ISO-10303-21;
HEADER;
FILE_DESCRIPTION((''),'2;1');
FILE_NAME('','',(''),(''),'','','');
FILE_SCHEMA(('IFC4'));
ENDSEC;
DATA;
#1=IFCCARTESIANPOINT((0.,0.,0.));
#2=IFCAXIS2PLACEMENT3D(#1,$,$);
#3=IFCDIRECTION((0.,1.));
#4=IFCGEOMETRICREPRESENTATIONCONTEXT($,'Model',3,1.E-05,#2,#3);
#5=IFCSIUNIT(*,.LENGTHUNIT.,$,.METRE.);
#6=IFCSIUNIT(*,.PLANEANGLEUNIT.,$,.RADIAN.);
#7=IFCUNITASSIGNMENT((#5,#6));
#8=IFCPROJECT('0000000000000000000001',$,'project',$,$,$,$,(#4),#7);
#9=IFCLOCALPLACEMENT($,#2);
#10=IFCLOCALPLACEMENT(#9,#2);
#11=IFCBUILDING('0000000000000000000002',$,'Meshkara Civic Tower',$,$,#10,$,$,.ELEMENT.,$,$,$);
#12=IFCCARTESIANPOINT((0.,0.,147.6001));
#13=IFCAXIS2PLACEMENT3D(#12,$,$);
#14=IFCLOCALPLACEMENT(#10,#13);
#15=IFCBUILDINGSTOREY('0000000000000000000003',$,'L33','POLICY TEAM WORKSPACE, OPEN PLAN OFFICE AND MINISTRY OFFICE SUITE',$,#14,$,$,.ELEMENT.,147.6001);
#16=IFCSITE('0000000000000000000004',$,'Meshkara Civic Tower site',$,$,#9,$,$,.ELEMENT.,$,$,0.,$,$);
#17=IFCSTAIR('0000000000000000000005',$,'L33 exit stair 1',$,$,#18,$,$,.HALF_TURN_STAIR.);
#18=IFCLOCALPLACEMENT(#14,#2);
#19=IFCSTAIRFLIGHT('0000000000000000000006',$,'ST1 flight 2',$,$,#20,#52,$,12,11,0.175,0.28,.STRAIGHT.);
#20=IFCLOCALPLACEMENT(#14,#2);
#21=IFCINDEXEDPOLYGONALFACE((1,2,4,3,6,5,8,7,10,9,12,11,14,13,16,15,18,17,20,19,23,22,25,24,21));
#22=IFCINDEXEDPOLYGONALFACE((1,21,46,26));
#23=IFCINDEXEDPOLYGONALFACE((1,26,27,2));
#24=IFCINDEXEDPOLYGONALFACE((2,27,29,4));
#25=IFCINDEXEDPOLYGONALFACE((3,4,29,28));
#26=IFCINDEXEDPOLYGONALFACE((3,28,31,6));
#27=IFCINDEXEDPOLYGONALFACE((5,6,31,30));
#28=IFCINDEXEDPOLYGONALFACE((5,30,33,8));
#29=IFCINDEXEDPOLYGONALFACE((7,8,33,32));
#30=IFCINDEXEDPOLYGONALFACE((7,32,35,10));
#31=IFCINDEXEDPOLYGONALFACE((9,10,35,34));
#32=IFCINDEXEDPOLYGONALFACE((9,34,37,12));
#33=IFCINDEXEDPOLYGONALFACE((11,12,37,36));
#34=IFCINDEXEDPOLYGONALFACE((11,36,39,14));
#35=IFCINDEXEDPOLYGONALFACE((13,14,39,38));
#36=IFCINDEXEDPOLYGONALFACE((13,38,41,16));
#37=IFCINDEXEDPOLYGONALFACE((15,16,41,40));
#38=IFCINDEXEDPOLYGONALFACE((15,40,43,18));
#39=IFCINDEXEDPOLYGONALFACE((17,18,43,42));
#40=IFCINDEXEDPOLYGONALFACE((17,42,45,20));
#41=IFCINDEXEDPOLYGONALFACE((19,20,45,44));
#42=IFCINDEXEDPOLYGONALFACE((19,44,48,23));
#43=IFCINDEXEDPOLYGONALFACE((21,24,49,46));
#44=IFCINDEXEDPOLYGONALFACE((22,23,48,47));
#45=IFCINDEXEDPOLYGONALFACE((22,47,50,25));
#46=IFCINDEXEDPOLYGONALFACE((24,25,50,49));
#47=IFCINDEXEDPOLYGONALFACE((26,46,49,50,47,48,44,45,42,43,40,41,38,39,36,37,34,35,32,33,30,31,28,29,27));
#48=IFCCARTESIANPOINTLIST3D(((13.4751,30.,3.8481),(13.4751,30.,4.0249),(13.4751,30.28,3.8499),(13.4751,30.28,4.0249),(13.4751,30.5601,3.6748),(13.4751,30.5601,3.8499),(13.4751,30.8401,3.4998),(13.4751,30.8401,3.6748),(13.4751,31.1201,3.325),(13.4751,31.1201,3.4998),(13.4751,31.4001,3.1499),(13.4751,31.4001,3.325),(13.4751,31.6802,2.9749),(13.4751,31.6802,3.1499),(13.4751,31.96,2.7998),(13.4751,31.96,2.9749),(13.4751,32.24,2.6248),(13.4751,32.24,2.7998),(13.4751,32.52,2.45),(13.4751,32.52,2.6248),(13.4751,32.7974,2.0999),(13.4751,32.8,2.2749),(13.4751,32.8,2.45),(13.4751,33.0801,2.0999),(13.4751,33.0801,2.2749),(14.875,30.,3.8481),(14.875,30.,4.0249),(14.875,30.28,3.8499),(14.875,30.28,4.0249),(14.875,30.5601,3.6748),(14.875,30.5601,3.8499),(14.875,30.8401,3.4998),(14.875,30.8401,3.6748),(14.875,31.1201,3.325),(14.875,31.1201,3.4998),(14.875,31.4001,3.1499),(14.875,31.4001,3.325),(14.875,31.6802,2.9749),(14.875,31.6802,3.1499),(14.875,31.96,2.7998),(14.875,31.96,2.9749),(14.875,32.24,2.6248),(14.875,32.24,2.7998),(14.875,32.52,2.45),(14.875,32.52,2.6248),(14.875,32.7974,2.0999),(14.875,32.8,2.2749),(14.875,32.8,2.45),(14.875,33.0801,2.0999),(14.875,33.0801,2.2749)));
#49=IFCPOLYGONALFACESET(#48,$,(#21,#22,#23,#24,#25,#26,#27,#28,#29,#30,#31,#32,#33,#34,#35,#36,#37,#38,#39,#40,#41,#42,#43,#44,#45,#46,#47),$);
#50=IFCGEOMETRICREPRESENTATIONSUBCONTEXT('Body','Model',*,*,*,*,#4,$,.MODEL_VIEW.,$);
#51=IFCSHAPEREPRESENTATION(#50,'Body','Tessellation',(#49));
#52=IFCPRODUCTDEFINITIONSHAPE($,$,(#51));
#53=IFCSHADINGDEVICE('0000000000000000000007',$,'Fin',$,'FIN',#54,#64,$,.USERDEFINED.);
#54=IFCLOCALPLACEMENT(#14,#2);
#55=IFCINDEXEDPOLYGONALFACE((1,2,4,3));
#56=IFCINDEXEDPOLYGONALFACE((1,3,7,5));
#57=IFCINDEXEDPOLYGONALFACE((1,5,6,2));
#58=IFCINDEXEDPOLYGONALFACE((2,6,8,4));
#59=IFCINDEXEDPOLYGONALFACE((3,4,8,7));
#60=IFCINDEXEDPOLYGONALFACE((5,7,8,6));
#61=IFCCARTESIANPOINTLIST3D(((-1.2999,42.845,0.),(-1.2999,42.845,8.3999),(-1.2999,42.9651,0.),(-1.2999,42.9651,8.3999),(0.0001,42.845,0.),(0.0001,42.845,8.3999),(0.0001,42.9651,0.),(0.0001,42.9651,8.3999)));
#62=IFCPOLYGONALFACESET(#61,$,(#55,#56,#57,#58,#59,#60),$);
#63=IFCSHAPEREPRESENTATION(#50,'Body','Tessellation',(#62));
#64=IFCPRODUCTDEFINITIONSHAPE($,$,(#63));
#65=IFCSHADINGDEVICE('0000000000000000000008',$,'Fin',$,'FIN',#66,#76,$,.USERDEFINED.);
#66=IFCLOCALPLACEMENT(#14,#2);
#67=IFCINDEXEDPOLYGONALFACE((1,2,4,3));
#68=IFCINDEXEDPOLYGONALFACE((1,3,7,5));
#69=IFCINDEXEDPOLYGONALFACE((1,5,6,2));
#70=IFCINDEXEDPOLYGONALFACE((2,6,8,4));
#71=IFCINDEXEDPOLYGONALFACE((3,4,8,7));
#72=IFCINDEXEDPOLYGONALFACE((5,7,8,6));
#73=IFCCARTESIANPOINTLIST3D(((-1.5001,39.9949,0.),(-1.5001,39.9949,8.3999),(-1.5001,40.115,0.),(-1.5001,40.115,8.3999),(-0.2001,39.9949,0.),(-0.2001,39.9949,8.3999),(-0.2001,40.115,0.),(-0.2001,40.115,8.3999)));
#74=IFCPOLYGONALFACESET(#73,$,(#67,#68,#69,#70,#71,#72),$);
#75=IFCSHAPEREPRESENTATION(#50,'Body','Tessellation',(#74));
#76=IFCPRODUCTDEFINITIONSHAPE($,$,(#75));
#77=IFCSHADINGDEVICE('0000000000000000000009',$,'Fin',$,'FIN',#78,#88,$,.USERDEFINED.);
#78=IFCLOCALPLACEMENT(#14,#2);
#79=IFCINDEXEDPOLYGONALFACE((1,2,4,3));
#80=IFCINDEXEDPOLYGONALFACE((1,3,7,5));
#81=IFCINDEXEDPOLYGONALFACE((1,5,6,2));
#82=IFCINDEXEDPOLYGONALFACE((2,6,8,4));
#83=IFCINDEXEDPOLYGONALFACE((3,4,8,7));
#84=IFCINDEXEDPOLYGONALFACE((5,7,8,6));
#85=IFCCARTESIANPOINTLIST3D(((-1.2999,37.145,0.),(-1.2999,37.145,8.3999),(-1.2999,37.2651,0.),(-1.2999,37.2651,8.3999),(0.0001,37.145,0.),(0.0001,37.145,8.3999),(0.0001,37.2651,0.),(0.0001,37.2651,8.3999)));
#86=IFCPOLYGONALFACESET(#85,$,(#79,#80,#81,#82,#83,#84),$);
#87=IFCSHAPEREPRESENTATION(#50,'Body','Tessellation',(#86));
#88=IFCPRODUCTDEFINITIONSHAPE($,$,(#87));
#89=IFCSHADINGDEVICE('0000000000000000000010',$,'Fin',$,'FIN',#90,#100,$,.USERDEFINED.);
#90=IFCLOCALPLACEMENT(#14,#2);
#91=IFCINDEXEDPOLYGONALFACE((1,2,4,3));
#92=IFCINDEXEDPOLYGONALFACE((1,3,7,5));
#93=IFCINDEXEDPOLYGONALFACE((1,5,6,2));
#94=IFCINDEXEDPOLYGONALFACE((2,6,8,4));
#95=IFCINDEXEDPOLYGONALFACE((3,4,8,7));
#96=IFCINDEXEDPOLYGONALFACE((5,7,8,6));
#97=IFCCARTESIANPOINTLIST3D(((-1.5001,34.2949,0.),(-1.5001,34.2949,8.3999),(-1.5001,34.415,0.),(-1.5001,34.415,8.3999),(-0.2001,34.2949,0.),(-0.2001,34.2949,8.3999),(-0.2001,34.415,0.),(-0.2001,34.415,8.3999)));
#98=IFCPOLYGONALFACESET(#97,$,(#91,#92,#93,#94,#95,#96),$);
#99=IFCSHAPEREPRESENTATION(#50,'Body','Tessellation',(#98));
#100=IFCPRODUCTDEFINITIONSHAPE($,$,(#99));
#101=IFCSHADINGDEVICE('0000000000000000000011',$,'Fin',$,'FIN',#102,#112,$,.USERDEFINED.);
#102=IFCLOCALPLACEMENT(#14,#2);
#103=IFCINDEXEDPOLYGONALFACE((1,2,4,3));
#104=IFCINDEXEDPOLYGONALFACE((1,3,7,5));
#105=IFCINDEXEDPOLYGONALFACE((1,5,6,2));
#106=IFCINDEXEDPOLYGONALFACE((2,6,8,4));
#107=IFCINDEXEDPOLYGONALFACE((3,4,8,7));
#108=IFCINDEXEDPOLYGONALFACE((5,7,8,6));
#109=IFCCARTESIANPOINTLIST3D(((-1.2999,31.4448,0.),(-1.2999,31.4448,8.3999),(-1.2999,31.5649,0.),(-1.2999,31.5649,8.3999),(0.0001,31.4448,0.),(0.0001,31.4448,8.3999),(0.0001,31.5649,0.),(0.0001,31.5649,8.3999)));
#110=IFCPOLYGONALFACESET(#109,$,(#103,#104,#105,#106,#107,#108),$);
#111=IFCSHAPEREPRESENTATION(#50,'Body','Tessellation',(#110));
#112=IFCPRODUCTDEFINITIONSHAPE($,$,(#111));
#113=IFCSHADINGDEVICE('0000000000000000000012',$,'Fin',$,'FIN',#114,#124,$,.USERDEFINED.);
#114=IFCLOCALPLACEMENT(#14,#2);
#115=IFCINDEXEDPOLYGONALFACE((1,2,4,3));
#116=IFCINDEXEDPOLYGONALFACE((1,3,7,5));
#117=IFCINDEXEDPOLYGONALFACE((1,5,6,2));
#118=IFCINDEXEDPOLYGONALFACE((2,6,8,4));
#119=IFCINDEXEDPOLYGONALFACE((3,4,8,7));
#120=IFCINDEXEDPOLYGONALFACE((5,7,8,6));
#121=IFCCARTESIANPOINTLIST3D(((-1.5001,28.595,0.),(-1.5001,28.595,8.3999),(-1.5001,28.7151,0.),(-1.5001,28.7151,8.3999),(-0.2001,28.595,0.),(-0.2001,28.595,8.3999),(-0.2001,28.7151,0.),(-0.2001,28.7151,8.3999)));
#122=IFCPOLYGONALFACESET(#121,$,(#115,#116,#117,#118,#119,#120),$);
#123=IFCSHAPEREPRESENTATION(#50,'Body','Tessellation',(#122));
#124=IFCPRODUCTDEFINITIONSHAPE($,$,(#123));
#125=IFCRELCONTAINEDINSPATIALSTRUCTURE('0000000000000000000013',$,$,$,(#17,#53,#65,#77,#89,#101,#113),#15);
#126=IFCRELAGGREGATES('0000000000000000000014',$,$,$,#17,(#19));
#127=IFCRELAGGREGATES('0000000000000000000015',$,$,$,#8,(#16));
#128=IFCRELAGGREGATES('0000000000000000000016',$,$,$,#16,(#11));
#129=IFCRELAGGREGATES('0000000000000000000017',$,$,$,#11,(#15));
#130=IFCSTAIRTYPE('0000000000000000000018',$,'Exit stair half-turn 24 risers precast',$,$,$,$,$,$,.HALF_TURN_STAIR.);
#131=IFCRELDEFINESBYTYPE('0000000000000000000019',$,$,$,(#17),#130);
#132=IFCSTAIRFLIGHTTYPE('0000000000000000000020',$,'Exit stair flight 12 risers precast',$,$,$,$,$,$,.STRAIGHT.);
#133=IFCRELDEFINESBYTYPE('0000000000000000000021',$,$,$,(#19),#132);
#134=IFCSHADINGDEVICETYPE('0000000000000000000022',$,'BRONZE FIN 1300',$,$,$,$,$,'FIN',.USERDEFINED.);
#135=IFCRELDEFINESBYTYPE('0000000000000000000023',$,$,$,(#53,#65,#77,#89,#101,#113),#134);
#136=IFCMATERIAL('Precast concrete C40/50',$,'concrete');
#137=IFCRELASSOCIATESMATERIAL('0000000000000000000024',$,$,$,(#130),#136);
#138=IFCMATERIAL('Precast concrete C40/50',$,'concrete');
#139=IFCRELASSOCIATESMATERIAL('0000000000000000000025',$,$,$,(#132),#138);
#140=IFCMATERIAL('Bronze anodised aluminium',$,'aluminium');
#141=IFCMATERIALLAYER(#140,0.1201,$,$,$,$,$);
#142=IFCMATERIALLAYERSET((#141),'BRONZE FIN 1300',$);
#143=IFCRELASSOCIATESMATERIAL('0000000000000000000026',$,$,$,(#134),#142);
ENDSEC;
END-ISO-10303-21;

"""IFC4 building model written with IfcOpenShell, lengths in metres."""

from ifc_helpers import new_model, si_unit, direction, frame, origin, origin_2d, place, context, subcontext, project, spatial, polyline, rectangle, outline, extrude, material, layer, layer_set, type_object, element, aggregate, save


model = new_model("IFC4")

# Units and contexts
model_context = context("Model", 3, precision=1e-05, world=origin(), true_north=direction((0.0, 1.0)))
body_context = subcontext(model_context, "Body", "Model", "MODEL_VIEW")
ifc_project = project(units=[si_unit("LENGTHUNIT", "METRE"), si_unit("PLANEANGLEUNIT", "RADIAN")], contexts=[model_context])

# Site, building, storey
site_placement = place(None, origin())
site = spatial("IfcSite", under=ifc_project, at=site_placement, Name="Meshkara Civic Tower site", CompositionType="ELEMENT", RefElevation=0.0)
building_placement = place(site_placement, origin())
building = spatial("IfcBuilding", under=site, at=building_placement, Name="Meshkara Civic Tower", CompositionType="ELEMENT")
storey_placement = place(building_placement, frame((0.0, 0.0, 147.6001)))
storey = spatial("IfcBuildingStorey", under=building, at=storey_placement, Name="L33", Description="POLICY TEAM WORKSPACE, OPEN PLAN OFFICE AND MINISTRY OFFICE SUITE", CompositionType="ELEMENT", Elevation=147.6001)

# Stair, stair flight
ifc_material_1 = material(Name="Precast concrete C40/50", Category="concrete")
stair_type = type_object("IfcStairType", Name="Exit stair half-turn 24 risers precast", PredefinedType="HALF_TURN_STAIR", material=ifc_material_1)
stair_placement = place(storey_placement, origin())
stair = element("IfcStair", 1, at=stair_placement, inside=storey, type_object=stair_type, Name="L33 exit stair 1", PredefinedType="HALF_TURN_STAIR")
ifc_material_2 = material(Name="Precast concrete C40/50", Category="concrete")
stair_flight_type = type_object("IfcStairFlightType", Name="Exit stair flight 12 risers precast", PredefinedType="STRAIGHT", material=ifc_material_2)
stair_flight_1_placement = place(storey_placement, frame((14.175, 33.0801, 2.0999), z_axis=(0.0, 0.0, 1.0), x_axis=(0.0, -1.0, 0.0)))
stair_flight_1 = element("IfcStairFlight", 2, at=stair_flight_1_placement, type_object=stair_flight_type, Name="ST1 flight 2", NumberOfRisers=12, NumberOfTreads=11, PredefinedType="STRAIGHT", RiserHeight=0.175, TreadLength=0.28, context=body_context, shape_type="SweptSolid", body=[
    extrude(outline(polyline([(0.0, 0.0), (0.0, 0.175), (0.28, 0.175), (0.28, 0.3501), (0.5601, 0.3501), (0.5601, 0.5249), (0.8401, 0.5249), (0.8401, 0.7), (1.1201, 0.7), (1.1201, 0.875), (1.3999, 0.875), (1.3999, 1.05), (1.6799, 1.05), (1.6799, 1.2251), (1.96, 1.2251), (1.96, 1.3999), (2.24, 1.3999), (2.24, 1.575), (2.52, 1.575), (2.52, 1.75), (2.8, 1.75), (2.8, 1.925), (3.0801, 1.925), (3.0801, 2.1001), (3.0801, 1.7483), (0.2827, 0.0), (0.0, 0.0)])), frame((0.0, 0.7, 0.0), z_axis=(0.0, -1.0, 0.0), x_axis=(1.0, 0.0, 0.0)), (0.0, 0.0, 1.0), 1.3999),
])
aggregate(stair, [stair_flight_1])

# Shading devices
ifc_material_3 = material(Name="Bronze anodised aluminium", Category="aluminium")
ifc_layer_1 = layer(ifc_material_3, 0.1201)
ifc_layer_set_1 = layer_set([ifc_layer_1], Name="BRONZE FIN 1300")
shading_device_type = type_object("IfcShadingDeviceType", Name="BRONZE FIN 1300", ElementType="FIN", PredefinedType="USERDEFINED", material=ifc_layer_set_1)
for number, where, z_axis, x_axis, name in (
    (3, (-0.6499, 42.905, 0.0), (0.0, 0.0, 1.0), (0.0, -1.0, 0.0), "Fin"),
    (4, (-0.8501, 40.0549, 0.0), (0.0, 0.0, 1.0), (0.0, -1.0, 0.0), "Fin"),
    (5, (-0.6499, 37.2051, 0.0), (0.0, 0.0, 1.0), (0.0, -1.0, 0.0), "Fin"),
    (6, (-0.8501, 34.355, 0.0), (0.0, 0.0, 1.0), (0.0, -1.0, 0.0), "Fin"),
    (7, (-0.6499, 31.5049, 0.0), (0.0, 0.0, 1.0), (0.0, -1.0, 0.0), "Fin"),
    (8, (-0.8501, 28.655, 0.0), (0.0, 0.0, 1.0), (0.0, -1.0, 0.0), "Fin"),
):
    element("IfcShadingDevice", number, at=place(storey_placement, frame(where, z_axis=z_axis, x_axis=x_axis)), inside=storey, type_object=shading_device_type, Name=name, ObjectType="FIN", PredefinedType="USERDEFINED", context=body_context, shape_type="SweptSolid", body=[
        extrude(rectangle(XDim=0.1201, YDim=1.3, at=origin_2d()), origin(), (0.0, 0.0, 1.0), 8.3999),
    ])

save(model, "model.ifc")
